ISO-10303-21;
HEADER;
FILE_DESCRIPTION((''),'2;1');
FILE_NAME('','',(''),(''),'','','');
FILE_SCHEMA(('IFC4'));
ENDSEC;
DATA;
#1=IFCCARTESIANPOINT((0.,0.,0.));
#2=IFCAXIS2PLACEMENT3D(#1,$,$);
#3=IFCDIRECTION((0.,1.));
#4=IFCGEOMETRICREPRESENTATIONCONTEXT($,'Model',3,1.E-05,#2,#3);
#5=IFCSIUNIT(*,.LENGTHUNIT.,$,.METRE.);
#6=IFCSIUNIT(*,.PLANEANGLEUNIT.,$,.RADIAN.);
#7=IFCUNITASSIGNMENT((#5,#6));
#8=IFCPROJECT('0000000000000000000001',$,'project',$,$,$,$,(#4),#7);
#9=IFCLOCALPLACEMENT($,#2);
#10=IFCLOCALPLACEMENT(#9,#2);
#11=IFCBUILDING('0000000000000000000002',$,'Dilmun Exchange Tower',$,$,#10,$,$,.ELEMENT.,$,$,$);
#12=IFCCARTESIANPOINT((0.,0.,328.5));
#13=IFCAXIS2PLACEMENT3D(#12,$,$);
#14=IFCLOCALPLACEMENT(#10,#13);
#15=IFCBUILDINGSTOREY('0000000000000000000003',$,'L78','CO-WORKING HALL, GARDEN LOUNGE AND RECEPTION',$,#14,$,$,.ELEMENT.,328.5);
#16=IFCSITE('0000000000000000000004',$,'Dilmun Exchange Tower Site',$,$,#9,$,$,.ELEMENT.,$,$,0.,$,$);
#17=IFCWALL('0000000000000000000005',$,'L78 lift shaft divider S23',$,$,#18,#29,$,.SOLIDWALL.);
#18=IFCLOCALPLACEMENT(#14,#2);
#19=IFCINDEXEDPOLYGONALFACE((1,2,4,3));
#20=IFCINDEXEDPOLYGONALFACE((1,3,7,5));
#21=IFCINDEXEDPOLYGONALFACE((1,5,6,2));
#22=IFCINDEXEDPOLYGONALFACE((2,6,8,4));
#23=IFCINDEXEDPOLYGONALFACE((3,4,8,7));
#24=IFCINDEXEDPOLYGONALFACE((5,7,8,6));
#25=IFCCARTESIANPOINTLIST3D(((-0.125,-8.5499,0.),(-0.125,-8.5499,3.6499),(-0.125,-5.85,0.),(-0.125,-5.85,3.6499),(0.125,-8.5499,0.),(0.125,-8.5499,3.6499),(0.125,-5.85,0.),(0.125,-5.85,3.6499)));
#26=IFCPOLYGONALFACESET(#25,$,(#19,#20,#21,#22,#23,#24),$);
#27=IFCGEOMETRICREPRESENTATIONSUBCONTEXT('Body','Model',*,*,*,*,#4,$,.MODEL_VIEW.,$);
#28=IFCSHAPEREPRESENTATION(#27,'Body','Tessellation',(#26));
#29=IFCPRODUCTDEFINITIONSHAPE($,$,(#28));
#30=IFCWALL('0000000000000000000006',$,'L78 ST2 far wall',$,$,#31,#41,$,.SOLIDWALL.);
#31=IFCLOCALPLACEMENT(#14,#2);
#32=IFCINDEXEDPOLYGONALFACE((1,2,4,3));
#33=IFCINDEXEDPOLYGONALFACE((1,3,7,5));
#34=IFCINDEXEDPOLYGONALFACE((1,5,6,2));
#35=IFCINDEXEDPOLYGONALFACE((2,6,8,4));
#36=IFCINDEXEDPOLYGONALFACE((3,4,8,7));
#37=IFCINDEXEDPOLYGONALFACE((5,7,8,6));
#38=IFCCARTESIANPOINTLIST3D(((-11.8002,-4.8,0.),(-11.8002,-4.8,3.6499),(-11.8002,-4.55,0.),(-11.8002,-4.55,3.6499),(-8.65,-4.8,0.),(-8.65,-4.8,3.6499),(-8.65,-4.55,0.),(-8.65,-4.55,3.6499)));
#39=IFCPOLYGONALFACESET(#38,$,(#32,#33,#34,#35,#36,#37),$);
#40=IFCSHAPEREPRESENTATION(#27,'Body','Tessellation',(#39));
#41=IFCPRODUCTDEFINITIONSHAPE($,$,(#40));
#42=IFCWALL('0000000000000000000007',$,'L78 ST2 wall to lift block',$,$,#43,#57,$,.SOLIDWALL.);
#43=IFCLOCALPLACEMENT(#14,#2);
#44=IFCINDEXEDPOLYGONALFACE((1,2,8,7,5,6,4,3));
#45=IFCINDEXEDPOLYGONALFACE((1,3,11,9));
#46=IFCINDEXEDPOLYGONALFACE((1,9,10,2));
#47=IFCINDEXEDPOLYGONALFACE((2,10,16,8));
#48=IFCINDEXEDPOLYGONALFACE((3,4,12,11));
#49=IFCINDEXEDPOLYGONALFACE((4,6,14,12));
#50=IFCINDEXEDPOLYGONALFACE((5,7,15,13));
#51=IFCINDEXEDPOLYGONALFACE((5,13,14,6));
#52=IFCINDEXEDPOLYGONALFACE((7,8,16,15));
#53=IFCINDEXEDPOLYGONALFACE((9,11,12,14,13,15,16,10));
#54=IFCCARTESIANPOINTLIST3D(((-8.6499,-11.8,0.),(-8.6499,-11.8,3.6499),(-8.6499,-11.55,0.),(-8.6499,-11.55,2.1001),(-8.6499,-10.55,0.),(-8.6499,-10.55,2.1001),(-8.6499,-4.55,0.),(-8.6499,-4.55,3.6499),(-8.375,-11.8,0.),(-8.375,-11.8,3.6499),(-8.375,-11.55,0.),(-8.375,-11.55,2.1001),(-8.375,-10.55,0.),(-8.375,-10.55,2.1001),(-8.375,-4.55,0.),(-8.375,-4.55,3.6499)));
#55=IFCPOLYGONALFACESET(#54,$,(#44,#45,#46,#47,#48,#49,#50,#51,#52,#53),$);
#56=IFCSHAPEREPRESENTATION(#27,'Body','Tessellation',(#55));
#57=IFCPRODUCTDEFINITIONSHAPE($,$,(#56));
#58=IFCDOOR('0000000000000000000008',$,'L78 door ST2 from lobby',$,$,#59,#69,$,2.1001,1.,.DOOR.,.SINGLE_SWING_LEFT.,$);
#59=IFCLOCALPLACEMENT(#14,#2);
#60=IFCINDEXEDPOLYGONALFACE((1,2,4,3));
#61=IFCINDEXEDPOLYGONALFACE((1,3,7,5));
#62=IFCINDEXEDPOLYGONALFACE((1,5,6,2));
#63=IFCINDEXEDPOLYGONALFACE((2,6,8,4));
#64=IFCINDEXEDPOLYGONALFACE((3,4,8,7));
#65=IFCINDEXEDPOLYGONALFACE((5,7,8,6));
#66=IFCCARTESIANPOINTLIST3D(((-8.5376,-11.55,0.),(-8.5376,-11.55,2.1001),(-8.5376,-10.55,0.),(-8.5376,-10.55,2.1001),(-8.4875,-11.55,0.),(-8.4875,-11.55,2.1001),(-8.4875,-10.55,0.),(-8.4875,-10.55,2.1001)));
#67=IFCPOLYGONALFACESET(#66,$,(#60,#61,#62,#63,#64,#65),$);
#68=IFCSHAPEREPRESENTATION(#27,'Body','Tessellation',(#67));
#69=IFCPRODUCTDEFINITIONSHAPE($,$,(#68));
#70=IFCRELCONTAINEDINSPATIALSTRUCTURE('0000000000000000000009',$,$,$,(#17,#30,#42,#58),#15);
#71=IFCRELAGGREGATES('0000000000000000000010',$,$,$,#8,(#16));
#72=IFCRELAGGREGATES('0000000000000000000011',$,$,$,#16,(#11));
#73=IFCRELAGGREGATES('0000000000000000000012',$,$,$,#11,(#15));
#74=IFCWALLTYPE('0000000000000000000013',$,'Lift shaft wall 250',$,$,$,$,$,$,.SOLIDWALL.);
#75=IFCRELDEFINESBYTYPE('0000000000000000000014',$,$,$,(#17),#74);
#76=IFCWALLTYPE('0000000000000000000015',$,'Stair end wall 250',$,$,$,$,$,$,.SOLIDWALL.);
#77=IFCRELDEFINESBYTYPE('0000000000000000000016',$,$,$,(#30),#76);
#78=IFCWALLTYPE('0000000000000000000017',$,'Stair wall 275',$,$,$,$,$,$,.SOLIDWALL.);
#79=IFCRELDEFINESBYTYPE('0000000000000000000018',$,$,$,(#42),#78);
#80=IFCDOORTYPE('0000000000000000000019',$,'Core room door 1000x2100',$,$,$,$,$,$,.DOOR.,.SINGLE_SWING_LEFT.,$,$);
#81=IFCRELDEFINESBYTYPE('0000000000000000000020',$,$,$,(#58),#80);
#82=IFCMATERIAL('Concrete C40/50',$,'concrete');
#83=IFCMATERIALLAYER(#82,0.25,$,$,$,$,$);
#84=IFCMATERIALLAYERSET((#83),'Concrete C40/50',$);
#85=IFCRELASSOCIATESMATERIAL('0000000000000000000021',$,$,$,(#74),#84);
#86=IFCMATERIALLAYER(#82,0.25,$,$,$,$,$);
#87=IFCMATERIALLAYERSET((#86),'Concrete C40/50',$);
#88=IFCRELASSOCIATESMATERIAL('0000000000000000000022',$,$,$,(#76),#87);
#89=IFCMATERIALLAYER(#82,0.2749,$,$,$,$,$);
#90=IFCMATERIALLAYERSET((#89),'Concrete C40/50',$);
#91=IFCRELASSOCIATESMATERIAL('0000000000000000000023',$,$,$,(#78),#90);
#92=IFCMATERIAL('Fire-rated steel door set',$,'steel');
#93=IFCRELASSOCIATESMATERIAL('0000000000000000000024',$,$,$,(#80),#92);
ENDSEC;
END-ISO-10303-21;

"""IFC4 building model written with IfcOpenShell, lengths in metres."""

from ifc_helpers import new_model, si_unit, direction, frame, frame_2d, origin, place, context, subcontext, project, spatial, rectangle, extrude, material, layer, layer_set, type_object, element, fill, save


model = new_model("IFC4")

# Units and contexts
model_context = context("Model", 3, precision=1e-05, world=origin(), true_north=direction((0.0, 1.0)))
body_context = subcontext(model_context, "Body", "Model", "MODEL_VIEW")
ifc_project = project(units=[si_unit("LENGTHUNIT", "METRE"), si_unit("PLANEANGLEUNIT", "RADIAN")], contexts=[model_context])

# Site, building, storey
site_placement = place(None, origin())
site = spatial("IfcSite", under=ifc_project, at=site_placement, Name="Dilmun Exchange Tower Site", CompositionType="ELEMENT", RefElevation=0.0)
building_placement = place(site_placement, origin())
building = spatial("IfcBuilding", under=site, at=building_placement, Name="Dilmun Exchange Tower", CompositionType="ELEMENT")
storey_placement = place(building_placement, frame((0.0, 0.0, 328.5)))
storey = spatial("IfcBuildingStorey", under=building, at=storey_placement, Name="L78", Description="CO-WORKING HALL, GARDEN LOUNGE AND RECEPTION", CompositionType="ELEMENT", Elevation=328.5)

# Shared definitions
ifc_material_1 = material(Name="Concrete C40/50", Category="concrete")

# Walls
ifc_layer_1 = layer(ifc_material_1, 0.25)
ifc_layer_set_1 = layer_set([ifc_layer_1], Name="Concrete C40/50")
wall_type_1 = type_object("IfcWallType", Name="Lift shaft wall 250", PredefinedType="SOLIDWALL", material=ifc_layer_set_1)
for number, where, z_axis, x_axis, name in (
    (1, (0.0, -8.55, 0.0), (0.0, 0.0, 1.0), (0.0, 1.0, 0.0), "L78 lift shaft divider S23"),
):
    element("IfcWall", number, at=place(storey_placement, frame(where, z_axis=z_axis, x_axis=x_axis)), inside=storey, type_object=wall_type_1, Name=name, PredefinedType="SOLIDWALL", context=body_context, shape_type="SweptSolid", body=[
        extrude(rectangle(XDim=2.7, YDim=0.25, at=frame_2d((1.3501, 0.0))), origin(), (0.0, 0.0, 1.0), 3.6499),
    ])
ifc_layer_2 = layer(ifc_material_1, 0.25)
ifc_layer_set_2 = layer_set([ifc_layer_2], Name="Concrete C40/50")
wall_type_2 = type_object("IfcWallType", Name="Stair end wall 250", PredefinedType="SOLIDWALL", material=ifc_layer_set_2)
wall_1_placement = place(storey_placement, frame((-8.6499, -4.675, 0.0), z_axis=(0.0, 0.0, 1.0), x_axis=(-1.0, 0.0, 0.0)))
element("IfcWall", 2, at=wall_1_placement, inside=storey, type_object=wall_type_2, Name="L78 ST2 far wall", PredefinedType="SOLIDWALL", context=body_context, shape_type="SweptSolid", body=[
    extrude(rectangle(XDim=3.1501, YDim=0.25, at=frame_2d((1.5752, 0.0))), origin(), (0.0, 0.0, 1.0), 3.6499),
])

# Wall, opening, door
ifc_layer_3 = layer(ifc_material_1, 0.2749)
ifc_layer_set_3 = layer_set([ifc_layer_3], Name="Concrete C40/50")
wall_type_3 = type_object("IfcWallType", Name="Stair wall 275", PredefinedType="SOLIDWALL", material=ifc_layer_set_3)
wall_2_placement = place(storey_placement, frame((-8.5125, -4.55, 0.0), z_axis=(0.0, 0.0, 1.0), x_axis=(0.0, -1.0, 0.0)))
wall_2 = element("IfcWall", 3, at=wall_2_placement, inside=storey, type_object=wall_type_3, Name="L78 ST2 wall to lift block", PredefinedType="SOLIDWALL", context=body_context, shape_type="SweptSolid", body=[
    extrude(rectangle(XDim=7.25, YDim=0.2749, at=frame_2d((3.625, 0.0))), origin(), (0.0, 0.0, 1.0), 3.6499),
])
opening_placement = place(wall_2_placement, frame((6.0, 0.0, 0.0)))
opening = element("IfcOpeningElement", 4, at=opening_placement, cuts=wall_2, PredefinedType="OPENING", context=body_context, shape_type="SweptSolid", body=[
    extrude(rectangle(XDim=1.0, YDim=2.1001, at=frame_2d((0.5, 1.05))), frame((0.0, 0.1475, 0.0), z_axis=(0.0, -1.0, 0.0), x_axis=(1.0, 0.0, 0.0)), (0.0, 0.0, 1.0), 0.2949),
])
ifc_material_2 = material(Name="Fire-rated steel door set", Category="steel")
door_type = type_object("IfcDoorType", Name="Core room door 1000x2100", OperationType="SINGLE_SWING_LEFT", PredefinedType="DOOR", material=ifc_material_2)
door_placement = place(opening_placement, origin())
door = element("IfcDoor", 5, at=door_placement, inside=storey, type_object=door_type, Name="L78 door ST2 from lobby", OperationType="SINGLE_SWING_LEFT", OverallHeight=2.1001, OverallWidth=1.0, PredefinedType="DOOR", context=body_context, shape_type="SweptSolid", body=[
    extrude(rectangle(XDim=1.0, YDim=2.1001, at=frame_2d((0.5, 1.05))), frame((0.0, 0.0249, 0.0), z_axis=(0.0, -1.0, 0.0), x_axis=(1.0, 0.0, 0.0)), (0.0, 0.0, 1.0), 0.05),
])
fill(opening, door)

save(model, "model.ifc")
